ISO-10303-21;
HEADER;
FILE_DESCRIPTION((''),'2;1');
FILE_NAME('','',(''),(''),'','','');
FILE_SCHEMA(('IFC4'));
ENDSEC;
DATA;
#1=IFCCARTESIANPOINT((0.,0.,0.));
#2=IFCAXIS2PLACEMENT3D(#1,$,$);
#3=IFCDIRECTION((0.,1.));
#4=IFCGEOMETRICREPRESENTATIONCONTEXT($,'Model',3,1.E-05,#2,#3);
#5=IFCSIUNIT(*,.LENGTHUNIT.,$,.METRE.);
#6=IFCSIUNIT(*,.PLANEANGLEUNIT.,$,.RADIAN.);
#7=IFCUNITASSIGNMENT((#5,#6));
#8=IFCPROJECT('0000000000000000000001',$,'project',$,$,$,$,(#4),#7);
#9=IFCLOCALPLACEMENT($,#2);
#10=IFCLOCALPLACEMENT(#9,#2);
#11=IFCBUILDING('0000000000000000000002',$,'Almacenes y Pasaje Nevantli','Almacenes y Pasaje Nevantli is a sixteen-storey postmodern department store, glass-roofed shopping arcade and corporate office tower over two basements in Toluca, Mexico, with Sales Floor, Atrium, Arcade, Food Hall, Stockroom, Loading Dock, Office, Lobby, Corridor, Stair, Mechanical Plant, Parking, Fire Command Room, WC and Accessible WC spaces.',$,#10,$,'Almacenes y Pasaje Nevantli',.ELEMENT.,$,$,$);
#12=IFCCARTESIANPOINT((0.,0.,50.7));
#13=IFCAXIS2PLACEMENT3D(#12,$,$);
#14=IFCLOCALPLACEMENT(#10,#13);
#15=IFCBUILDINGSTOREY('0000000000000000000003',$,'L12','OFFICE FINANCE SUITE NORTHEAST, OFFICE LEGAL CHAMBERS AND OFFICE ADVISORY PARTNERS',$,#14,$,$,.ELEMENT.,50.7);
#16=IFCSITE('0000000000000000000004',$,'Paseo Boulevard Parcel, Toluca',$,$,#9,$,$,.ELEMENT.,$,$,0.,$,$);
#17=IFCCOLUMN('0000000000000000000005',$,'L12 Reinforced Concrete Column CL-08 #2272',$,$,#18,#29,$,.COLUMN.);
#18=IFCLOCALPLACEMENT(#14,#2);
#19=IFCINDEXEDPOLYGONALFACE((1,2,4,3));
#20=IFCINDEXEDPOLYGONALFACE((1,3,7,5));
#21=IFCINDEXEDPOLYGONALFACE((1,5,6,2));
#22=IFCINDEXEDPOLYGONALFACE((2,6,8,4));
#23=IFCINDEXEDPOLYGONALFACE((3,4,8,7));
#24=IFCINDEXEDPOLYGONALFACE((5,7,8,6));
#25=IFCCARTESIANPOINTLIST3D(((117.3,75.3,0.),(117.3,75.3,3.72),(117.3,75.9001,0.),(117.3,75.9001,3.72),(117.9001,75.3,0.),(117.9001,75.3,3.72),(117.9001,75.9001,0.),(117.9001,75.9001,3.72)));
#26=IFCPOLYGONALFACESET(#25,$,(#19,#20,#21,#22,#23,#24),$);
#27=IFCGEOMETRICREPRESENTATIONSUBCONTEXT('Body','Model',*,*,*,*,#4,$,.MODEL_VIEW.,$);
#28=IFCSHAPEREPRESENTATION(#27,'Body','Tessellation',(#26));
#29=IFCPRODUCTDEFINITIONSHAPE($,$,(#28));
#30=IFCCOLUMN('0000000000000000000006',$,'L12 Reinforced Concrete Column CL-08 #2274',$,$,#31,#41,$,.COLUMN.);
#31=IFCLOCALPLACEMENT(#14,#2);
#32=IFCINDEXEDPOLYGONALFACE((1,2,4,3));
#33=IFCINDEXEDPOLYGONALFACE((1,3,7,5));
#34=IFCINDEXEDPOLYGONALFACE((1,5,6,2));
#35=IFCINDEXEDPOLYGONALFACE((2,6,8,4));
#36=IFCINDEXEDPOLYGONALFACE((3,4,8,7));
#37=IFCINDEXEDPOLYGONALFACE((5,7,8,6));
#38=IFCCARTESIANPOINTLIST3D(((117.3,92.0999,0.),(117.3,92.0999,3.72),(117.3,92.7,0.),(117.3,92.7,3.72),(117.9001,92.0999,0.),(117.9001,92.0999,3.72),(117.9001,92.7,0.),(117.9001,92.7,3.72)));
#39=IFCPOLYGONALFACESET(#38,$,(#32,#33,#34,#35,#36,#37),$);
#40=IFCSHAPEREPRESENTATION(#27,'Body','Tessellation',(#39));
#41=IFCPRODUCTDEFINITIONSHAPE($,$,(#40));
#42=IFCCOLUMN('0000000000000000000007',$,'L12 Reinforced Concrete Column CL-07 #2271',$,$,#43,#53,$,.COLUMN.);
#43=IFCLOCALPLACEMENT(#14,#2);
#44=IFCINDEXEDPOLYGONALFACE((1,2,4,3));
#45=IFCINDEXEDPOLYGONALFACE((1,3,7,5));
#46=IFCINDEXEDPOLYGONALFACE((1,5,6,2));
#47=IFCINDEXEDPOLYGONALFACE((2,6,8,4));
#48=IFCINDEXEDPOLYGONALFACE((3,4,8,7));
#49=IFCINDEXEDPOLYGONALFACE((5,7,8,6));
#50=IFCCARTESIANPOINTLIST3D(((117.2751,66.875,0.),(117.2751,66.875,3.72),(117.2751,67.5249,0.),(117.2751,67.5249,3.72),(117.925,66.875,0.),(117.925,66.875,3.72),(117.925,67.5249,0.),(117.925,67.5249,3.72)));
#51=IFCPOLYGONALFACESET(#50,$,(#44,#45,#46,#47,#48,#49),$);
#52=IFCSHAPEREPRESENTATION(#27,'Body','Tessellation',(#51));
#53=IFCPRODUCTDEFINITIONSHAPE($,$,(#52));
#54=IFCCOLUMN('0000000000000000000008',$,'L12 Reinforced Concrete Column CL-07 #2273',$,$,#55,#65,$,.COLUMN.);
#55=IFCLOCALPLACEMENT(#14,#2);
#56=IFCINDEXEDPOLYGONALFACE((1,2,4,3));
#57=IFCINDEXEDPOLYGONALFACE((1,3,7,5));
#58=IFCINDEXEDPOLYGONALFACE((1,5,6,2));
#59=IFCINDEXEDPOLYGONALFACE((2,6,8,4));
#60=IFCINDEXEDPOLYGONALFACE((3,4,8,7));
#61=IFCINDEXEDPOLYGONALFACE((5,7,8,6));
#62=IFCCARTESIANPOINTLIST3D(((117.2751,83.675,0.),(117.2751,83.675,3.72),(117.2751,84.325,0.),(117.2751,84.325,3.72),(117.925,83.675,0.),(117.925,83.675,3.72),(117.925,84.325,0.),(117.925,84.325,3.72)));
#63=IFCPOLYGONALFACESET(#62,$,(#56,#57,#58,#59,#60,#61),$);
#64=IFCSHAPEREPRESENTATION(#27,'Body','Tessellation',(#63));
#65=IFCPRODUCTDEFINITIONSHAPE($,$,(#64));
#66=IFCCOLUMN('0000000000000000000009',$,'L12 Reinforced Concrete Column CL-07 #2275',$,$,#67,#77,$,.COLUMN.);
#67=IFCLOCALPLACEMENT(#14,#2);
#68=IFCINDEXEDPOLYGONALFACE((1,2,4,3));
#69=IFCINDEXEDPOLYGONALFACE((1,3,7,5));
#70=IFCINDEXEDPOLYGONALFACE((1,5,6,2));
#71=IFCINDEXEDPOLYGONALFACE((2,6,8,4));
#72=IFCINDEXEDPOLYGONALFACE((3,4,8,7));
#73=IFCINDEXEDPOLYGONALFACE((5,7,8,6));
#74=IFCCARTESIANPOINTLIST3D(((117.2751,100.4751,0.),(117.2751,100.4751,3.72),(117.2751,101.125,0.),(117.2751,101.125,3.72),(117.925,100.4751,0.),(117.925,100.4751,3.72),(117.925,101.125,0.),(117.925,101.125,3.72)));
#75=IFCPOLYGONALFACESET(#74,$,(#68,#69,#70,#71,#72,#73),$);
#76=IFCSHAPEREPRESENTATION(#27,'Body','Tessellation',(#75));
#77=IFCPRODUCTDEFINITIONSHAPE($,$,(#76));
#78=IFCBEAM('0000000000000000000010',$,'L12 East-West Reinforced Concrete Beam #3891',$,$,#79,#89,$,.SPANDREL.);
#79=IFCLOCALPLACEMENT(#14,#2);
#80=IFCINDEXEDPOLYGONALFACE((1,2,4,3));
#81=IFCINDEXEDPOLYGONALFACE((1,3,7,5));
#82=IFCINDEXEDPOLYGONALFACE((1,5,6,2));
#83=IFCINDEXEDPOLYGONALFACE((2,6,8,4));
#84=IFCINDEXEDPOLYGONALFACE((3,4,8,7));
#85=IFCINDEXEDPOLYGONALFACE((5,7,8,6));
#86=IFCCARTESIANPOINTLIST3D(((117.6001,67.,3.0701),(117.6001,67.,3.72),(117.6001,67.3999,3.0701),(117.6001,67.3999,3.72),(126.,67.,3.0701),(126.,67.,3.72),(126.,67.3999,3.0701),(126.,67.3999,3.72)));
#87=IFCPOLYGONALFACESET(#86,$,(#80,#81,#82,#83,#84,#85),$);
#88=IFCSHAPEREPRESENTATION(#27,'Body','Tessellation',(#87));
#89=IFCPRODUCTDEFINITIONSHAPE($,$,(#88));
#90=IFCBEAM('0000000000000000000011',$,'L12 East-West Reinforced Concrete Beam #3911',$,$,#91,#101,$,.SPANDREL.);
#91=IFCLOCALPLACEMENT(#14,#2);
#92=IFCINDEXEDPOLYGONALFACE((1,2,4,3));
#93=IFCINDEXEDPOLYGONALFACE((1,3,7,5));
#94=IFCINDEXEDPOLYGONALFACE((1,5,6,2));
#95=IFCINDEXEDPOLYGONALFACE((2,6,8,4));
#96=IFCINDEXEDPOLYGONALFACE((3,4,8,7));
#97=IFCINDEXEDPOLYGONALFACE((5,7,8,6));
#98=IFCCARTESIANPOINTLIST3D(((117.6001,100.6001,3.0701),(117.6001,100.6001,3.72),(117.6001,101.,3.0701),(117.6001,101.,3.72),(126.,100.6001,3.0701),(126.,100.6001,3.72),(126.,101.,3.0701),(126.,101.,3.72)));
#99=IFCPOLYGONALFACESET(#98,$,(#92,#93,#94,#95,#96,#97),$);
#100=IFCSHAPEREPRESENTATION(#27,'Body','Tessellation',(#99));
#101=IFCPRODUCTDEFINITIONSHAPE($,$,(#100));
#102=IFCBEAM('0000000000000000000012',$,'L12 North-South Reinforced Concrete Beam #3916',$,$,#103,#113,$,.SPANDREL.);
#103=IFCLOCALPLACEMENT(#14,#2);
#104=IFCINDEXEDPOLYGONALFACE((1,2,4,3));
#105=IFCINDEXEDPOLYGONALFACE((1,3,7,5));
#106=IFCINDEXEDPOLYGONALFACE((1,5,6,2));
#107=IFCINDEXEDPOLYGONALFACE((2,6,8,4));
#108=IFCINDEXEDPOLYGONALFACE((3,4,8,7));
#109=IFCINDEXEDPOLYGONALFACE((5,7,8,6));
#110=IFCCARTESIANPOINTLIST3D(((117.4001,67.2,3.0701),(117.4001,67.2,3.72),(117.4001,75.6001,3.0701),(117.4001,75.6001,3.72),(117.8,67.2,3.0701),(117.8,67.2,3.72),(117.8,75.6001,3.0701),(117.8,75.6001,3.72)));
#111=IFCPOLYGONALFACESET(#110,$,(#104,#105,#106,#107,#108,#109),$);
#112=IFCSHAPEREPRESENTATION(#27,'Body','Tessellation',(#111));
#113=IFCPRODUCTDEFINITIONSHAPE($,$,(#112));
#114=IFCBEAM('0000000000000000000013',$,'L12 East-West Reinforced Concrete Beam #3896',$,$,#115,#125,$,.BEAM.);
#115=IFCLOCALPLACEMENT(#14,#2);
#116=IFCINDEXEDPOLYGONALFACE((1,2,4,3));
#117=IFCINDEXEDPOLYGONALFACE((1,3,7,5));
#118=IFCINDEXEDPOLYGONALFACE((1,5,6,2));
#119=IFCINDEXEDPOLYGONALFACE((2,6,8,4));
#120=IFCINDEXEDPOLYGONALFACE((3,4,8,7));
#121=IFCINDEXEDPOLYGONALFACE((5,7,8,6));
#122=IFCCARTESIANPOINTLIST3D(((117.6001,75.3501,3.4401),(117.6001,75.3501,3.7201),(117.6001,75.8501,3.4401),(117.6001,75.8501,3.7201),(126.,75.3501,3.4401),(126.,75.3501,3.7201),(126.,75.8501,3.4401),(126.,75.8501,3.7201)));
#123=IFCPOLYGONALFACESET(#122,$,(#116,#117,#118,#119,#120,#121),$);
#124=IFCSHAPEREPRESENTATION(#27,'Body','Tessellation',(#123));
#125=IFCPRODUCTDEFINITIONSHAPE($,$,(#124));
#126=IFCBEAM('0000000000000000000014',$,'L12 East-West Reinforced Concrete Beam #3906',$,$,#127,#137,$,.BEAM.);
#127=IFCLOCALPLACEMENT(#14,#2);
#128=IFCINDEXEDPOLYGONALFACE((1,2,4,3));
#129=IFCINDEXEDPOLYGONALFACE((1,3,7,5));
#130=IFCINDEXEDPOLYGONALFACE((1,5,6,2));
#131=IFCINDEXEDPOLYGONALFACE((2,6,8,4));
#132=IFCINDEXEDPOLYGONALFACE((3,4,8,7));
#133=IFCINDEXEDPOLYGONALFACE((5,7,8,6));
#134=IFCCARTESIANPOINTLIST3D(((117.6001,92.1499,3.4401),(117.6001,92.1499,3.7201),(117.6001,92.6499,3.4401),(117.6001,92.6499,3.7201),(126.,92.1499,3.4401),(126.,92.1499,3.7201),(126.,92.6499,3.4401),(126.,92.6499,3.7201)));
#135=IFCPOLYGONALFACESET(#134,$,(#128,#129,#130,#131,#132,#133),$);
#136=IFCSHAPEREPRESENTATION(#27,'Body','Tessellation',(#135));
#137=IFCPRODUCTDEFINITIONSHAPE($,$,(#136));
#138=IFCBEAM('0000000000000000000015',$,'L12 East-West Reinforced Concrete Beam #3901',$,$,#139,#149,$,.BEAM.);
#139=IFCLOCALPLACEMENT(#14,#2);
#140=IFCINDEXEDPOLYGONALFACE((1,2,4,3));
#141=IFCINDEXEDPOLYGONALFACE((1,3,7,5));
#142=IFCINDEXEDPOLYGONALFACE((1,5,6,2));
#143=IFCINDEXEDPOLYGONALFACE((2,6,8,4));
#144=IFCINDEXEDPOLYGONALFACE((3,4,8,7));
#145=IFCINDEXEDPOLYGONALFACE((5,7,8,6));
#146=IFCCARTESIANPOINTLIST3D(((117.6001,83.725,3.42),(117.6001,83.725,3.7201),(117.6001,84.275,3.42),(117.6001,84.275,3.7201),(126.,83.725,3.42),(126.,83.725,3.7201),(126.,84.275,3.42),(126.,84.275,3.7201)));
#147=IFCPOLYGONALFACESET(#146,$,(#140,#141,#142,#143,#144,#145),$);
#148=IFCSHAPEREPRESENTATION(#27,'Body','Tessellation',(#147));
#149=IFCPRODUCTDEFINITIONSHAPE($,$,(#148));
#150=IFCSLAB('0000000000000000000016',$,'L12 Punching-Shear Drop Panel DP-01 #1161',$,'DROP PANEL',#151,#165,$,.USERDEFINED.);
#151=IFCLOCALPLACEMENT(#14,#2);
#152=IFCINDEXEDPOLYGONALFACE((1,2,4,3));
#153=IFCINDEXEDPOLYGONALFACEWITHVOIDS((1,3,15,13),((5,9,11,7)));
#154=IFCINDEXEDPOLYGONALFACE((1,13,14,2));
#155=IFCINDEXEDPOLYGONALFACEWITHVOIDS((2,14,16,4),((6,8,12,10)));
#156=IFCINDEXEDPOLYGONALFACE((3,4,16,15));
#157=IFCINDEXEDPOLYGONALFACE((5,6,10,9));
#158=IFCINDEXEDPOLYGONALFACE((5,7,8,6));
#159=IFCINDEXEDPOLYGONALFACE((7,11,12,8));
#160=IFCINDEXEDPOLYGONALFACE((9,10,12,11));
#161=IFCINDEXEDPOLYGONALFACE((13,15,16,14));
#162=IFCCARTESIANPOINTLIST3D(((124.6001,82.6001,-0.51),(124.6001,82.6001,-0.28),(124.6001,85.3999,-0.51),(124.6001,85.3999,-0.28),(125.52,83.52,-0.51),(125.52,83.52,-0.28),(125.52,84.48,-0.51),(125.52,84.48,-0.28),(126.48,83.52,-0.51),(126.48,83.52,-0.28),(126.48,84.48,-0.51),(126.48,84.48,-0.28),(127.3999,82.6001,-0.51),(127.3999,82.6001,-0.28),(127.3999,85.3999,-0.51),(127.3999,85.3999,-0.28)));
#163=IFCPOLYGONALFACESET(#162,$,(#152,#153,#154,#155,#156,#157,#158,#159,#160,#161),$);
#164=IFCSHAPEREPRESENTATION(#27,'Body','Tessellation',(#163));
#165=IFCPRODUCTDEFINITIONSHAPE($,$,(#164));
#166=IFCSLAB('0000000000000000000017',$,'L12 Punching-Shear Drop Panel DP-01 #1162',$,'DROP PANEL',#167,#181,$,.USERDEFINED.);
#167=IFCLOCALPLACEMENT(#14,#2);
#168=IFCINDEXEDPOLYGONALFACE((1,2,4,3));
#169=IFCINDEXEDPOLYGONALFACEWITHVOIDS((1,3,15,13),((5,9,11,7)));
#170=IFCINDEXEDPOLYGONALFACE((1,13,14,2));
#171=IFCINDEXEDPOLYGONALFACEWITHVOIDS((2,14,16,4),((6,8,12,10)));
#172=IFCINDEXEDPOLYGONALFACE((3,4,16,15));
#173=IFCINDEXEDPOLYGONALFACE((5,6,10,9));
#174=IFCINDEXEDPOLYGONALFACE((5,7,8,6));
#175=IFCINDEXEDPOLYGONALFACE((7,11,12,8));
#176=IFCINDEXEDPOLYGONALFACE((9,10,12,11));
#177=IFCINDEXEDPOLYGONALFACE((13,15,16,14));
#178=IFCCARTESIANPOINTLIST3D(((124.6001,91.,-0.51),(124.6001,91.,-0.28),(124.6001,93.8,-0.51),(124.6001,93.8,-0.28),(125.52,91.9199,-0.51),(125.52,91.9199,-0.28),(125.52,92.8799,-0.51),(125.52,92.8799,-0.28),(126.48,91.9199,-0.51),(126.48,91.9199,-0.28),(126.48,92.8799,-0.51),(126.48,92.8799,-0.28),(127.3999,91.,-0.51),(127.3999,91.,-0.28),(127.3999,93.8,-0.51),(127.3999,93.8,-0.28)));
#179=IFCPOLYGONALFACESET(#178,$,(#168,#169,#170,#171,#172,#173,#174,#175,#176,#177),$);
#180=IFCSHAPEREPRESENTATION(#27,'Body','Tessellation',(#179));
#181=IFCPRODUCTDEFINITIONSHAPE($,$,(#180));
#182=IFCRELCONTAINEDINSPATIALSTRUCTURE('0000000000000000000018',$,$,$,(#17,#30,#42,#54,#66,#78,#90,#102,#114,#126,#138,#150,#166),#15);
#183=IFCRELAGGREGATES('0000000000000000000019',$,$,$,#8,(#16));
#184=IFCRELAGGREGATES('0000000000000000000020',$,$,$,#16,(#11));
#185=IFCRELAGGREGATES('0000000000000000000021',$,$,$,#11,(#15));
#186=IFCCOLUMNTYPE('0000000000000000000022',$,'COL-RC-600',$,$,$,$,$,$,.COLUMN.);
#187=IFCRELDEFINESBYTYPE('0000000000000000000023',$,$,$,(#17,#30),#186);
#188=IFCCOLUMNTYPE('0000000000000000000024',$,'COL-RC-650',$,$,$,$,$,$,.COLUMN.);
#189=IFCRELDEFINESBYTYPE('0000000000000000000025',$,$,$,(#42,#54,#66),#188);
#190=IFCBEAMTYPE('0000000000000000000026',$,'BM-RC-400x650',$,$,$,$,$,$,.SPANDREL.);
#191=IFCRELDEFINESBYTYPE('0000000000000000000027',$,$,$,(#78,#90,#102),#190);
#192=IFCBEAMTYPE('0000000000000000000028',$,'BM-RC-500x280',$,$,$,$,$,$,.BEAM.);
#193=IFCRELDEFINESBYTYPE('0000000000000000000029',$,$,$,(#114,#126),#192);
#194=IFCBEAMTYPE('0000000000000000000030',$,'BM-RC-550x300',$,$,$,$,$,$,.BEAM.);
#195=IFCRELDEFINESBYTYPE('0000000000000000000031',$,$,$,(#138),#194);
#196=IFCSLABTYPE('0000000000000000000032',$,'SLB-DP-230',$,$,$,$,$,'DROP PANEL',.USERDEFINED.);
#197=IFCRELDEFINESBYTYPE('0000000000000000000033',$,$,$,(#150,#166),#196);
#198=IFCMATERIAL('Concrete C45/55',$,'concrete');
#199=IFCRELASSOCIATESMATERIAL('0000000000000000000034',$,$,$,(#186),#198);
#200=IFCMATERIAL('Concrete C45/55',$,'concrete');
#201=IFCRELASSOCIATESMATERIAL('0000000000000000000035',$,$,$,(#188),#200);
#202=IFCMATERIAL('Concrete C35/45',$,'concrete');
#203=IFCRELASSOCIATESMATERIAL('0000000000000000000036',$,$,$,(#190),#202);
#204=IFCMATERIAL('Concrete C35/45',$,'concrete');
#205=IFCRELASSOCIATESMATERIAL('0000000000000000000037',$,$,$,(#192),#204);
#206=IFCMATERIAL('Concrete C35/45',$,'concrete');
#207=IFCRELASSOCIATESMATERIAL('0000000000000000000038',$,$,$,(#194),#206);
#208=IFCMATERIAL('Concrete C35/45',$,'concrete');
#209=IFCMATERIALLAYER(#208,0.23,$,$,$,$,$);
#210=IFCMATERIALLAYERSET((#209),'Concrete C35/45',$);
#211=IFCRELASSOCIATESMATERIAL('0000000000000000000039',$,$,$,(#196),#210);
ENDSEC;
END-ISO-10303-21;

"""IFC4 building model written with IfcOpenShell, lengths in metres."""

from ifc_helpers import new_model, si_unit, direction, frame, origin, origin_2d, place, context, subcontext, project, spatial, polyline, rectangle, outline, extrude, material, layer, layer_set, material_profile, profile_set, type_object, element, save


model = new_model("IFC4")

# Units and contexts
model_context = context("Model", 3, precision=1e-05, world=origin(), true_north=direction((0.0, 1.0)))
body_context = subcontext(model_context, "Body", "Model", "MODEL_VIEW")
ifc_project = project(units=[si_unit("LENGTHUNIT", "METRE"), si_unit("PLANEANGLEUNIT", "RADIAN")], contexts=[model_context])

# Site, building, storey
site_placement = place(None, origin())
site = spatial("IfcSite", under=ifc_project, at=site_placement, Name="Paseo Boulevard Parcel, Toluca", CompositionType="ELEMENT", RefElevation=0.0)
building_placement = place(site_placement, origin())
building = spatial("IfcBuilding", under=site, at=building_placement, Name="Almacenes y Pasaje Nevantli", Description="Almacenes y Pasaje Nevantli is a sixteen-storey postmodern department store, glass-roofed shopping arcade and corporate office tower over two basements in Toluca, Mexico, with Sales Floor, Atrium, Arcade, Food Hall, Stockroom, Loading Dock, Office, Lobby, Corridor, Stair, Mechanical Plant, Parking, Fire Command Room, WC and Accessible WC spaces.", LongName="Almacenes y Pasaje Nevantli", CompositionType="ELEMENT")
storey_placement = place(building_placement, frame((0.0, 0.0, 50.7)))
storey = spatial("IfcBuildingStorey", under=building, at=storey_placement, Name="L12", Description="OFFICE FINANCE SUITE NORTHEAST, OFFICE LEGAL CHAMBERS AND OFFICE ADVISORY PARTNERS", CompositionType="ELEMENT", Elevation=50.7)

# Columns
ifc_material_1 = material(Name="Concrete C45/55", Category="concrete")
ifc_material_profile_1 = material_profile(ifc_material_1, rectangle(XDim=0.6001, YDim=0.6001, at=origin_2d()), Name="RC-COL-600x600")
ifc_profile_set_1 = profile_set([ifc_material_profile_1], Name="Concrete C45/55")
column_type_1 = type_object("IfcColumnType", Name="COL-RC-600", PredefinedType="COLUMN", material=ifc_profile_set_1)
for number, where, z_axis, x_axis, name in (
    (1, (117.6001, 75.6001, 0.0), (0.0, 0.0, 1.0), (1.0, 0.0, 0.0), "L12 Reinforced Concrete Column CL-08 #2272"),
    (2, (117.6001, 92.3999, 0.0), (0.0, 0.0, 1.0), (1.0, 0.0, 0.0), "L12 Reinforced Concrete Column CL-08 #2274"),
):
    element("IfcColumn", number, at=place(storey_placement, frame(where, z_axis=z_axis, x_axis=x_axis)), inside=storey, type_object=column_type_1, Name=name, PredefinedType="COLUMN", context=body_context, shape_type="SweptSolid", body=[
        extrude(rectangle(XDim=0.6001, YDim=0.6001, at=origin_2d()), origin(), (0.0, 0.0, 1.0), 3.72),
    ])
ifc_material_2 = material(Name="Concrete C45/55", Category="concrete")
ifc_material_profile_2 = material_profile(ifc_material_2, rectangle(XDim=0.6499, YDim=0.6499, at=origin_2d()), Name="RC-COL-650x650")
ifc_profile_set_2 = profile_set([ifc_material_profile_2], Name="Concrete C45/55")
column_type_2 = type_object("IfcColumnType", Name="COL-RC-650", PredefinedType="COLUMN", material=ifc_profile_set_2)
for number, where, z_axis, x_axis, name in (
    (3, (117.6001, 67.2, 0.0), (0.0, 0.0, 1.0), (1.0, 0.0, 0.0), "L12 Reinforced Concrete Column CL-07 #2271"),
    (4, (117.6001, 84.0, 0.0), (0.0, 0.0, 1.0), (1.0, 0.0, 0.0), "L12 Reinforced Concrete Column CL-07 #2273"),
    (5, (117.6001, 100.8, 0.0), (0.0, 0.0, 1.0), (1.0, 0.0, 0.0), "L12 Reinforced Concrete Column CL-07 #2275"),
):
    element("IfcColumn", number, at=place(storey_placement, frame(where, z_axis=z_axis, x_axis=x_axis)), inside=storey, type_object=column_type_2, Name=name, PredefinedType="COLUMN", context=body_context, shape_type="SweptSolid", body=[
        extrude(rectangle(XDim=0.6499, YDim=0.6499, at=origin_2d()), origin(), (0.0, 0.0, 1.0), 3.72),
    ])

# Beams
ifc_material_3 = material(Name="Concrete C35/45", Category="concrete")
ifc_material_profile_3 = material_profile(ifc_material_3, rectangle(XDim=0.3999, YDim=0.6499, at=origin_2d()), Name="RC-BM-400x650")
ifc_profile_set_3 = profile_set([ifc_material_profile_3], Name="Concrete C35/45")
beam_type_1 = type_object("IfcBeamType", Name="BM-RC-400x650", PredefinedType="SPANDREL", material=ifc_profile_set_3)
for number, where, z_axis, x_axis, name in (
    (6, (117.6001, 67.2, 3.395), (1.0, 0.0, 0.0), (0.0, 1.0, 0.0), "L12 East-West Reinforced Concrete Beam #3891"),
    (7, (117.6001, 100.8, 3.395), (1.0, 0.0, 0.0), (0.0, 1.0, 0.0), "L12 East-West Reinforced Concrete Beam #3911"),
):
    element("IfcBeam", number, at=place(storey_placement, frame(where, z_axis=z_axis, x_axis=x_axis)), inside=storey, type_object=beam_type_1, Name=name, PredefinedType="SPANDREL", context=body_context, shape_type="SweptSolid", body=[
        extrude(rectangle(XDim=0.3999, YDim=0.6499, at=origin_2d()), origin(), (0.0, 0.0, 1.0), 8.3999),
    ])
beam_1_placement = place(storey_placement, frame((117.6001, 67.2, 3.395), z_axis=(0.0, 1.0, 0.0), x_axis=(-1.0, 0.0, 0.0)))
element("IfcBeam", 8, at=beam_1_placement, inside=storey, type_object=beam_type_1, Name="L12 North-South Reinforced Concrete Beam #3916", PredefinedType="SPANDREL", context=body_context, shape_type="SweptSolid", body=[
    extrude(rectangle(XDim=0.3999, YDim=0.6499, at=origin_2d()), origin(), (0.0, 0.0, 1.0), 8.4001),
])
ifc_material_4 = material(Name="Concrete C35/45", Category="concrete")
ifc_material_profile_4 = material_profile(ifc_material_4, rectangle(XDim=0.5, YDim=0.28, at=origin_2d()), Name="RC-BM-500x280")
ifc_profile_set_4 = profile_set([ifc_material_profile_4], Name="Concrete C35/45")
beam_type_2 = type_object("IfcBeamType", Name="BM-RC-500x280", PredefinedType="BEAM", material=ifc_profile_set_4)
for number, where, z_axis, x_axis, name in (
    (9, (117.6001, 75.6001, 3.5801), (1.0, 0.0, 0.0), (0.0, 1.0, 0.0), "L12 East-West Reinforced Concrete Beam #3896"),
    (10, (117.6001, 92.3999, 3.5801), (1.0, 0.0, 0.0), (0.0, 1.0, 0.0), "L12 East-West Reinforced Concrete Beam #3906"),
):
    element("IfcBeam", number, at=place(storey_placement, frame(where, z_axis=z_axis, x_axis=x_axis)), inside=storey, type_object=beam_type_2, Name=name, PredefinedType="BEAM", context=body_context, shape_type="SweptSolid", body=[
        extrude(rectangle(XDim=0.5, YDim=0.28, at=origin_2d()), origin(), (0.0, 0.0, 1.0), 8.3999),
    ])
ifc_material_5 = material(Name="Concrete C35/45", Category="concrete")
ifc_material_profile_5 = material_profile(ifc_material_5, rectangle(XDim=0.55, YDim=0.3, at=origin_2d()), Name="RC-BM-550x300")
ifc_profile_set_5 = profile_set([ifc_material_profile_5], Name="Concrete C35/45")
beam_type_3 = type_object("IfcBeamType", Name="BM-RC-550x300", PredefinedType="BEAM", material=ifc_profile_set_5)
beam_2_placement = place(storey_placement, frame((117.6001, 84.0, 3.5701), z_axis=(1.0, 0.0, 0.0), x_axis=(0.0, 1.0, 0.0)))
element("IfcBeam", 11, at=beam_2_placement, inside=storey, type_object=beam_type_3, Name="L12 East-West Reinforced Concrete Beam #3901", PredefinedType="BEAM", context=body_context, shape_type="SweptSolid", body=[
    extrude(rectangle(XDim=0.55, YDim=0.3, at=origin_2d()), origin(), (0.0, 0.0, 1.0), 8.3999),
])

# Slabs
ifc_material_6 = material(Name="Concrete C35/45", Category="concrete")
ifc_layer_1 = layer(ifc_material_6, 0.23)
ifc_layer_set_1 = layer_set([ifc_layer_1], Name="Concrete C35/45")
slab_type_1 = type_object("IfcSlabType", Name="SLB-DP-230", ElementType="DROP PANEL", PredefinedType="USERDEFINED", material=ifc_layer_set_1)
slab_1_placement = place(storey_placement, frame((0.0, 0.0, -0.51)))
element("IfcSlab", 12, at=slab_1_placement, inside=storey, type_object=slab_type_1, Name="L12 Punching-Shear Drop Panel DP-01 #1161", ObjectType="DROP PANEL", PredefinedType="USERDEFINED", context=body_context, shape_type="SweptSolid", body=[
    extrude(outline(polyline([(124.6001, 82.6001), (127.3999, 82.6001), (127.3999, 85.3999), (124.6001, 85.3999), (124.6001, 82.6001)]), holes=[polyline([(125.52, 83.52), (126.48, 83.52), (126.48, 84.48), (125.52, 84.48), (125.52, 83.52)])]), origin(), (0.0, 0.0, 1.0), 0.23),
])
slab_2_placement = place(storey_placement, frame((0.0, 0.0, -0.51)))
element("IfcSlab", 13, at=slab_2_placement, inside=storey, type_object=slab_type_1, Name="L12 Punching-Shear Drop Panel DP-01 #1162", ObjectType="DROP PANEL", PredefinedType="USERDEFINED", context=body_context, shape_type="SweptSolid", body=[
    extrude(outline(polyline([(124.6001, 91.0), (127.3999, 91.0), (127.3999, 93.8), (124.6001, 93.8), (124.6001, 91.0)]), holes=[polyline([(125.52, 91.9199), (126.48, 91.9199), (126.48, 92.8799), (125.52, 92.8799), (125.52, 91.9199)])]), origin(), (0.0, 0.0, 1.0), 0.23),
])

save(model, "model.ifc")
